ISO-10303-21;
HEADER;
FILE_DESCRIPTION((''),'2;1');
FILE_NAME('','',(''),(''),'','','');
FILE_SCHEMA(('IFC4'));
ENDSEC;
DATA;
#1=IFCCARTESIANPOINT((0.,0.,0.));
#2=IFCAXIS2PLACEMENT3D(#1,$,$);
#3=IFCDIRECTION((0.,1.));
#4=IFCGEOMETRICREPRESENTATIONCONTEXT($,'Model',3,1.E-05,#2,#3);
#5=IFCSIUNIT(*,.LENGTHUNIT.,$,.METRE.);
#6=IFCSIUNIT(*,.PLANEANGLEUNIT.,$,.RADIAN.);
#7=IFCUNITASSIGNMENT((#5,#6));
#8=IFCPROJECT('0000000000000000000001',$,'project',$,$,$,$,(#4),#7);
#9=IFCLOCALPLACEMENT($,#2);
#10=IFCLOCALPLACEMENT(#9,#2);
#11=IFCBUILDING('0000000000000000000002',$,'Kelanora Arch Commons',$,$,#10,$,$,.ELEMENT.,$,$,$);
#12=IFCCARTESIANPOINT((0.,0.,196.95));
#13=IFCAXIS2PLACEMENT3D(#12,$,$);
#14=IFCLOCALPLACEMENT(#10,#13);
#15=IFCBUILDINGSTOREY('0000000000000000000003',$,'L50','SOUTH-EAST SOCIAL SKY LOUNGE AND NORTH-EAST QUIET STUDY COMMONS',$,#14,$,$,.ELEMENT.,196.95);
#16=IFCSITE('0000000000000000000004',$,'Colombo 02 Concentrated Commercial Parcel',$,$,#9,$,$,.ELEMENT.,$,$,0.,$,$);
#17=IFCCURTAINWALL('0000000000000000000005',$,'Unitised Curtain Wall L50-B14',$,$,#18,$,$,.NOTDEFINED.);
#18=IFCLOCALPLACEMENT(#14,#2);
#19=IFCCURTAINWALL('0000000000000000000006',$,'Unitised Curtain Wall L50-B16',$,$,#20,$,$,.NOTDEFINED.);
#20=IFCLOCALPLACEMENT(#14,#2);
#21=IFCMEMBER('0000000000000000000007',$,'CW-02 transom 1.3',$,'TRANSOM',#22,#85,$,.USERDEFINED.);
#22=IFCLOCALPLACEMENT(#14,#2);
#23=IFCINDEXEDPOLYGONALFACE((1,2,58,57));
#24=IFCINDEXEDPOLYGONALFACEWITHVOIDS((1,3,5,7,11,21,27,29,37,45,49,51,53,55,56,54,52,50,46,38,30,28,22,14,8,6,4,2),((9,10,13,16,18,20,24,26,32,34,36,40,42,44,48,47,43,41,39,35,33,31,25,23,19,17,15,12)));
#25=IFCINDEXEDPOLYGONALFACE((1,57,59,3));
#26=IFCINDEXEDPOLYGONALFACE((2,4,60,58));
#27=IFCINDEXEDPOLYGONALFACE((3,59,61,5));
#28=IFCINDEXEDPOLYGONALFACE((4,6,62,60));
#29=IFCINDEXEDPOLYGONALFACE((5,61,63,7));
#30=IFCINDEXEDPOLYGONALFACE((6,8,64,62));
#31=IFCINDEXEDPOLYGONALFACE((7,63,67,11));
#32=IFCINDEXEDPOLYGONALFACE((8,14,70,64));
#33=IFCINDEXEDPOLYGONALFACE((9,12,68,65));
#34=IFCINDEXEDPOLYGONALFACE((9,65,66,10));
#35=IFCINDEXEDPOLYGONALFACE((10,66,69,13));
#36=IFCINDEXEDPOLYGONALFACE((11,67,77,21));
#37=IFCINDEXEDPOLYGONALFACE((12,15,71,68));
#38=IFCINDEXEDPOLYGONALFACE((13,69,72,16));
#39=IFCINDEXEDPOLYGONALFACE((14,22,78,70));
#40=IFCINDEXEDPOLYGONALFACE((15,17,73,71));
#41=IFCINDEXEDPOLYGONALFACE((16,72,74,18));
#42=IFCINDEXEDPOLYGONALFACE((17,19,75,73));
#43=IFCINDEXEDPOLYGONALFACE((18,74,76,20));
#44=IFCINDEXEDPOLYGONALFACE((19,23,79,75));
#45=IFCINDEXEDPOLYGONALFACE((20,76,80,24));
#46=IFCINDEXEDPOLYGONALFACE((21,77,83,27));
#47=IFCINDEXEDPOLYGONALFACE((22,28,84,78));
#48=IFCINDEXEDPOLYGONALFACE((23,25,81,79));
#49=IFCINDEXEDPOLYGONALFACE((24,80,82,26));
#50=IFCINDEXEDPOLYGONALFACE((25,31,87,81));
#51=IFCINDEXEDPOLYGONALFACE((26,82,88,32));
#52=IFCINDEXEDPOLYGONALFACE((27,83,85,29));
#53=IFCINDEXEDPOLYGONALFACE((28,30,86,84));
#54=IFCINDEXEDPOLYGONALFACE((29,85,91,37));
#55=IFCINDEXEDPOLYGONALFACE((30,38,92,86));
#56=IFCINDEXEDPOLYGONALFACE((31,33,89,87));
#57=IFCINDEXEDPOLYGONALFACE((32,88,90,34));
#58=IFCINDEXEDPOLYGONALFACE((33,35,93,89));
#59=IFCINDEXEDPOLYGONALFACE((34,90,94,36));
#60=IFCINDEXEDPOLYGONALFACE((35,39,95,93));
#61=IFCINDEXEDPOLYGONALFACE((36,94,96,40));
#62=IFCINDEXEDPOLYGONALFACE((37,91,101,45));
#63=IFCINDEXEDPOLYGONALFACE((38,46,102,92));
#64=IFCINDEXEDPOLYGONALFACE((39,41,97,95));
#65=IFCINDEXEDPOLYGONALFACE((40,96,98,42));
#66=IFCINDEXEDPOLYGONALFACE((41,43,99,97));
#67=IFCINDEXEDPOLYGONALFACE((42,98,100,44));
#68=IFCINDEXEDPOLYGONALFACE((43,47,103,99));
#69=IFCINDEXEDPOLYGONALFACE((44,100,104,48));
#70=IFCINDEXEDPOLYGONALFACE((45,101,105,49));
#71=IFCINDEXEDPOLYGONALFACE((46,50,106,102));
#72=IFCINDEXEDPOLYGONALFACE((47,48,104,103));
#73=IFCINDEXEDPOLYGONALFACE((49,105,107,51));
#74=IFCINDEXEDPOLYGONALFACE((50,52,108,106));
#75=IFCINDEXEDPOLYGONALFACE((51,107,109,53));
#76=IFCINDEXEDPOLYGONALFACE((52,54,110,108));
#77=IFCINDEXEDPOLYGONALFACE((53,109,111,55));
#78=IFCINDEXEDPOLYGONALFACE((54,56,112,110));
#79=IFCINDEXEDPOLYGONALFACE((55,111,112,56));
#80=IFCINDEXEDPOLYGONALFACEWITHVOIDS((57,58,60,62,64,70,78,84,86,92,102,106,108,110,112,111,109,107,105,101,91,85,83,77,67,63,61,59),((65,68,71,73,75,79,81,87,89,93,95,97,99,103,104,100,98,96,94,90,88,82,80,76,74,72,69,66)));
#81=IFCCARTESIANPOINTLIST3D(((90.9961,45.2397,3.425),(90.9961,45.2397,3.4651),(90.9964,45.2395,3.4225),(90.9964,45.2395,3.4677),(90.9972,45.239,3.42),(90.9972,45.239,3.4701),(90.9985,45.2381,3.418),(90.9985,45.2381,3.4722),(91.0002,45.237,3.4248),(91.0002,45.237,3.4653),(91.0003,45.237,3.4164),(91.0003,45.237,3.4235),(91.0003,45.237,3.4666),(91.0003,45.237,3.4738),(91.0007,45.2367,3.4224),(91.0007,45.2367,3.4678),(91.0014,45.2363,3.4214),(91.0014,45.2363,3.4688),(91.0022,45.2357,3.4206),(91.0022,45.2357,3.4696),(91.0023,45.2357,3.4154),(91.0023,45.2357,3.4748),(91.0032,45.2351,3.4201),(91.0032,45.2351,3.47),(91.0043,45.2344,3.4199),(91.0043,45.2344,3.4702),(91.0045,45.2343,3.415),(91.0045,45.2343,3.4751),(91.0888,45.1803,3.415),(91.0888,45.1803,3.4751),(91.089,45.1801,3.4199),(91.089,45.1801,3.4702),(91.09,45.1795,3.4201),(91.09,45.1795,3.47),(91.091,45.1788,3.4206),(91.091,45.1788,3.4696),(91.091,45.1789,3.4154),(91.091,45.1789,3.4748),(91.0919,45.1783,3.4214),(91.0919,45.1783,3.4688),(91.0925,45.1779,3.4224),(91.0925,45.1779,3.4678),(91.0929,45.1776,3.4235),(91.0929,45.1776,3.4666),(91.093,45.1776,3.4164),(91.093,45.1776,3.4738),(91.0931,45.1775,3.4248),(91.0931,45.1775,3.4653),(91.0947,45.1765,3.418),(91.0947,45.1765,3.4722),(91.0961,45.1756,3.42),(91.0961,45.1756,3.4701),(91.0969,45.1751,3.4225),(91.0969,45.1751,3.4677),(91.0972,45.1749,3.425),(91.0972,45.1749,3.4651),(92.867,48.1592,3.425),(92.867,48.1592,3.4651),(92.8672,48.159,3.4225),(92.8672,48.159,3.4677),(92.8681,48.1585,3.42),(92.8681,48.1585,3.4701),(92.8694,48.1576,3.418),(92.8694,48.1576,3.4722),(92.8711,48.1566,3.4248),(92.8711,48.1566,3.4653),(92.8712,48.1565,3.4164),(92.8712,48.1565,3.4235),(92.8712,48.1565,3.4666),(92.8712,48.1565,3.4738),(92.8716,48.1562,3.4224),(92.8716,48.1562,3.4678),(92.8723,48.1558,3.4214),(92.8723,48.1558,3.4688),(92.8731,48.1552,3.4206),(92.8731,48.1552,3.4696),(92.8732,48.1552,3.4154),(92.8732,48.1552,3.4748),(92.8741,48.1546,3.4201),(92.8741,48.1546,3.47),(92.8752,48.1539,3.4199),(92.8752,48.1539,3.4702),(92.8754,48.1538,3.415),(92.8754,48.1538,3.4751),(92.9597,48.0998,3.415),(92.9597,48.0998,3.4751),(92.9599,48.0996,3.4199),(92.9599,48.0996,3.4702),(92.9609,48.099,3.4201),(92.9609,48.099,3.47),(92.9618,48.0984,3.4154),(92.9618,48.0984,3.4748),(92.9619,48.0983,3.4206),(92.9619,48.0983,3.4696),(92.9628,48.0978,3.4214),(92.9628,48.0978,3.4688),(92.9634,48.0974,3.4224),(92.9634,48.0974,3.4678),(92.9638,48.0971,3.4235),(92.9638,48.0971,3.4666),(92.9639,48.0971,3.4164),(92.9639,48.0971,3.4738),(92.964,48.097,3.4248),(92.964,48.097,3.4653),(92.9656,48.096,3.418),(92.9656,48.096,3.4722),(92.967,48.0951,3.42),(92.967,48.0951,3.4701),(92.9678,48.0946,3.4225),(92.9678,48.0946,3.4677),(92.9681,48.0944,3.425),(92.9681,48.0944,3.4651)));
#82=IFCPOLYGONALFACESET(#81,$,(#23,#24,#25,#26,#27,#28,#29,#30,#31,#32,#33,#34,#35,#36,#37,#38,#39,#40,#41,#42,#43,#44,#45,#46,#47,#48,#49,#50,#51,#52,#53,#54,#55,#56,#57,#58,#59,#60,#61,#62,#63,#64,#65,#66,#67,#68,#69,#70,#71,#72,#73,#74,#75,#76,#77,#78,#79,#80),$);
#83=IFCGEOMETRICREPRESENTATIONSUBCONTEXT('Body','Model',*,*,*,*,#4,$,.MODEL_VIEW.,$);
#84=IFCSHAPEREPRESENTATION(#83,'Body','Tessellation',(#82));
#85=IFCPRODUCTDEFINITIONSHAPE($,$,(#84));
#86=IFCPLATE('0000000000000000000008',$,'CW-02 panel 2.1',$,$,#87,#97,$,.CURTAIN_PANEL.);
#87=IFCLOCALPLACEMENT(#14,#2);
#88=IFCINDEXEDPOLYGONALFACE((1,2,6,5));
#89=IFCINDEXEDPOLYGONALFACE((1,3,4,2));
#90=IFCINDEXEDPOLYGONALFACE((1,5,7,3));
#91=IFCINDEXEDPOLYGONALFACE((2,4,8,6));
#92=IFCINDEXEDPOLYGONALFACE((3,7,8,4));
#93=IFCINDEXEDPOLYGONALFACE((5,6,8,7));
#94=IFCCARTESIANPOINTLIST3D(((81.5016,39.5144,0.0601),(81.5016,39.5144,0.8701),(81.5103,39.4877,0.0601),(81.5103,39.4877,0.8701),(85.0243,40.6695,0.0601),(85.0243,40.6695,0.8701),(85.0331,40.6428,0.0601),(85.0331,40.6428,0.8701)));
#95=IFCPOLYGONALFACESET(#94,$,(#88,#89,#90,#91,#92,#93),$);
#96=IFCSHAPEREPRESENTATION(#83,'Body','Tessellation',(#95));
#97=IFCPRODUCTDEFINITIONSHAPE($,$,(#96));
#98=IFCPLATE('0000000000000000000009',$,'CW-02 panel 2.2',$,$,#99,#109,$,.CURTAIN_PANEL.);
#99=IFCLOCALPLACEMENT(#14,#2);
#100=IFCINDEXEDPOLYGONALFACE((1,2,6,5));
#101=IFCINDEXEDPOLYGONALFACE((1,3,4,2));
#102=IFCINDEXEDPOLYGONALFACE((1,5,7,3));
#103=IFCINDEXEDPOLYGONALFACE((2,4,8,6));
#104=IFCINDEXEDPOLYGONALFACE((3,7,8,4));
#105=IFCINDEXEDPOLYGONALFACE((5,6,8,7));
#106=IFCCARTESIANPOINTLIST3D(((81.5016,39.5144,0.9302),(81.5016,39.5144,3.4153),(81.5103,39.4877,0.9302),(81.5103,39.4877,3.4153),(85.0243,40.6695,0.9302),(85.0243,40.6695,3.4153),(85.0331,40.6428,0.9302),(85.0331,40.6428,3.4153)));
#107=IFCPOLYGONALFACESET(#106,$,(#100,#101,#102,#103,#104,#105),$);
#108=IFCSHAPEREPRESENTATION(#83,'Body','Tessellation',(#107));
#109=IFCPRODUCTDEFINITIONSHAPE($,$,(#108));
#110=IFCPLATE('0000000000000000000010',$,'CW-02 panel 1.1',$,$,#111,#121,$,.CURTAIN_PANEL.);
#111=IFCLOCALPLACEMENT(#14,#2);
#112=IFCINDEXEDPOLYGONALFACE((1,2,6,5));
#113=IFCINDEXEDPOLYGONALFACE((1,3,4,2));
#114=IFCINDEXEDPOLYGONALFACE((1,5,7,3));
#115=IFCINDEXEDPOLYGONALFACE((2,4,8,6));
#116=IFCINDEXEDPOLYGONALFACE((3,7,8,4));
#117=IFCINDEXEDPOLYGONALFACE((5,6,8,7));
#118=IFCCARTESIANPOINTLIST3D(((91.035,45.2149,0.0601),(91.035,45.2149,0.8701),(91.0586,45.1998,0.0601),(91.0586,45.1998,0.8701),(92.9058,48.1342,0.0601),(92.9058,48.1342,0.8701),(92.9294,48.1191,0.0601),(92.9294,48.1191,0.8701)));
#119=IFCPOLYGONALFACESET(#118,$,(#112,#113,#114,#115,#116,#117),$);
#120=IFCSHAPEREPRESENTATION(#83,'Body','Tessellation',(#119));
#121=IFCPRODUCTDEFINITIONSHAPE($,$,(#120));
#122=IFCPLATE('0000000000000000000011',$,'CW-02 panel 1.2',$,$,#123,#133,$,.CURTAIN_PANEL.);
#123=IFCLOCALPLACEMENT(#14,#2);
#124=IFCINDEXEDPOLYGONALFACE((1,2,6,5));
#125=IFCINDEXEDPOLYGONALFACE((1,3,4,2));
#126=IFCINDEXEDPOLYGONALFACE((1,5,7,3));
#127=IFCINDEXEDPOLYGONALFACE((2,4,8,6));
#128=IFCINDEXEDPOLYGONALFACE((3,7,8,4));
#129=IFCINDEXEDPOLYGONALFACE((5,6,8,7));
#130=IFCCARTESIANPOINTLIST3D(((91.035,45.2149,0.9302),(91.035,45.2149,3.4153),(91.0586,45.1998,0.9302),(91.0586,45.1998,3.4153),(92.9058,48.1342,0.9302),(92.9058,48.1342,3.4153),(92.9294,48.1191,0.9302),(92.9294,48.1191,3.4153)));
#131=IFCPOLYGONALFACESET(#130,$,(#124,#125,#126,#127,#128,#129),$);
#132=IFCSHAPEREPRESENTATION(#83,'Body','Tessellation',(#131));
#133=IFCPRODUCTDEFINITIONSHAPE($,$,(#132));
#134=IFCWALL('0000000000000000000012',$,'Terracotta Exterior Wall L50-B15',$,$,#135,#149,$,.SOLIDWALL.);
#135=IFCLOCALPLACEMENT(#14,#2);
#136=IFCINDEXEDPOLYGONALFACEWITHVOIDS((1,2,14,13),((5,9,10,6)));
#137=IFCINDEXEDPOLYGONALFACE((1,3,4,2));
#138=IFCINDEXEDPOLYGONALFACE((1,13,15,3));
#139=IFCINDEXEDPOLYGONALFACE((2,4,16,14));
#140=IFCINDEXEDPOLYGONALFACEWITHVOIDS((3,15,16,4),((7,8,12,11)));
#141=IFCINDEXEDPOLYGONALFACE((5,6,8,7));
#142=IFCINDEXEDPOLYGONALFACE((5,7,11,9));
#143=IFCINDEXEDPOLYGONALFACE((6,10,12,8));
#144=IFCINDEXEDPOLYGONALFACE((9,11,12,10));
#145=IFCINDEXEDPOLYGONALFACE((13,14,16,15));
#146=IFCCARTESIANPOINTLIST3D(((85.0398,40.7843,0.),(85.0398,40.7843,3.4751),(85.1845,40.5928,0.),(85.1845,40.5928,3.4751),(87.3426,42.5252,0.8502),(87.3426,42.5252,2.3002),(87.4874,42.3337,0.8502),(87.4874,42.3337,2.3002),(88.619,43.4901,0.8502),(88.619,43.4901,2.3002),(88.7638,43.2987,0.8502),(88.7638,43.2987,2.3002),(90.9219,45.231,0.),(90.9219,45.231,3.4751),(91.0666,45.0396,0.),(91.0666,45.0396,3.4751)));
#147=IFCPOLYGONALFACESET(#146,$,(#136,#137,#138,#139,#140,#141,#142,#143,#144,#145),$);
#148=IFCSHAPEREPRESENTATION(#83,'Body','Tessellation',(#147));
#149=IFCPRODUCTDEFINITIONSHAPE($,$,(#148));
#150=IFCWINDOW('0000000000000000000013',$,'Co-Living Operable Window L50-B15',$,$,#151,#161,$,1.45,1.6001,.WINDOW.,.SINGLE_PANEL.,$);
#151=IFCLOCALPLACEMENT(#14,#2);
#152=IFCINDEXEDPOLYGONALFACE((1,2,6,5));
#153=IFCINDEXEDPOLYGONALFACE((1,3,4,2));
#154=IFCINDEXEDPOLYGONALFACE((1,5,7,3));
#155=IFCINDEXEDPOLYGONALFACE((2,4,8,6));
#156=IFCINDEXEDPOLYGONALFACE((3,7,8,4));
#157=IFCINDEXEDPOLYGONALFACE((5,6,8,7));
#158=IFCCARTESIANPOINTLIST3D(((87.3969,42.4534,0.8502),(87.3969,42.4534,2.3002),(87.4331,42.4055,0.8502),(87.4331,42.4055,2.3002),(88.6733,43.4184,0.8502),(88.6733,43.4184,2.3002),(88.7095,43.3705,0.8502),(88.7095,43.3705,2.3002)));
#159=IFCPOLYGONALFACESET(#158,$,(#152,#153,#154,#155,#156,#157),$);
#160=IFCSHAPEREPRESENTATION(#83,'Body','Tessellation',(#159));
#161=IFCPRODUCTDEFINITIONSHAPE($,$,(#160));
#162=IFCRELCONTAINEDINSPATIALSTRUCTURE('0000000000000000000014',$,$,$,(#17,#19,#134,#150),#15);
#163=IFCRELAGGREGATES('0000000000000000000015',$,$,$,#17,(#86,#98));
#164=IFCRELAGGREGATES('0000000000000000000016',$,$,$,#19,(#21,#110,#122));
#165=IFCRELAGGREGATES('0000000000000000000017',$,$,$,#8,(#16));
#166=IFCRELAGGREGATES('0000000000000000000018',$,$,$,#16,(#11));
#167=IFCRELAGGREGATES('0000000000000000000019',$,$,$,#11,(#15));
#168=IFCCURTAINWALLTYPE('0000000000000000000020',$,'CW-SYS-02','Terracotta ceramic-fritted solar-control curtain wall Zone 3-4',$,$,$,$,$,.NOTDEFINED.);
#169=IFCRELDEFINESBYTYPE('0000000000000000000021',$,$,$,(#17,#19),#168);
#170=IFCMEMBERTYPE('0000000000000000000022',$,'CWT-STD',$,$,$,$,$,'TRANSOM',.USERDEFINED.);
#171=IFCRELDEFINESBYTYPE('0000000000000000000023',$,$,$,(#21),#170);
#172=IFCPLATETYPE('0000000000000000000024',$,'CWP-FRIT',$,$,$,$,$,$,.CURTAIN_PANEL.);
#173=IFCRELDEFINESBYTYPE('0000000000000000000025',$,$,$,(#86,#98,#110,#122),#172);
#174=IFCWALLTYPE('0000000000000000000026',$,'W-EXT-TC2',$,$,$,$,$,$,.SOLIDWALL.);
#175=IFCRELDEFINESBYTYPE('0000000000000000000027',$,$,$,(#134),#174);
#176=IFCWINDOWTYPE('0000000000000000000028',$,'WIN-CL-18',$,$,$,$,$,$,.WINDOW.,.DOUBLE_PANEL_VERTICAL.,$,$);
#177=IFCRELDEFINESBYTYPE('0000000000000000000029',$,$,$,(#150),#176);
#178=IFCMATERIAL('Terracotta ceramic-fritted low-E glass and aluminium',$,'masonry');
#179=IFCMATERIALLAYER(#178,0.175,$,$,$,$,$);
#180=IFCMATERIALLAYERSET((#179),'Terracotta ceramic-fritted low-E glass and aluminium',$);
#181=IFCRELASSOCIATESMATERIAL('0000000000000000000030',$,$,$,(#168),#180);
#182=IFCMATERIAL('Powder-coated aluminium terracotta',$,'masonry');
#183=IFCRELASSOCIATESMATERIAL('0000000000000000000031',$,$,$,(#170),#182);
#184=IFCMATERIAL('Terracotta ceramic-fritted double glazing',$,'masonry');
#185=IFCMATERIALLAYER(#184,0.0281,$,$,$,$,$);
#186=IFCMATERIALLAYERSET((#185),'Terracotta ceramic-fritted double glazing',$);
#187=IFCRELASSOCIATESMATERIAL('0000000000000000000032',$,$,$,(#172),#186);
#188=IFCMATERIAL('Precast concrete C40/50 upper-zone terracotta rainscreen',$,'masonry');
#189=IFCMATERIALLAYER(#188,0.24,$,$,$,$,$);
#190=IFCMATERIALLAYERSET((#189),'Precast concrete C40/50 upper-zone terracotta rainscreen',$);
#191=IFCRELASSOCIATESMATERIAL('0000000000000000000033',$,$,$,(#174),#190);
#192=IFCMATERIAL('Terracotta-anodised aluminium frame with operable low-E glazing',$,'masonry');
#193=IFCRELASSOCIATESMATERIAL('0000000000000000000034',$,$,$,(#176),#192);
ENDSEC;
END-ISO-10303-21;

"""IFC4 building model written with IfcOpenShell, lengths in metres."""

from ifc_helpers import new_model, si_unit, direction, frame, frame_2d, origin, origin_2d, place, context, subcontext, project, spatial, rectangle, hollow_rectangle, extrude, source, transform, mapped, material, layer, layer_set, material_profile, profile_set, type_object, element, fill, aggregate, save


model = new_model("IFC4")

# Units and contexts
model_context = context("Model", 3, precision=1e-05, world=origin(), true_north=direction((0.0, 1.0)))
body_context = subcontext(model_context, "Body", "Model", "MODEL_VIEW")
ifc_project = project(units=[si_unit("LENGTHUNIT", "METRE"), si_unit("PLANEANGLEUNIT", "RADIAN")], contexts=[model_context])

# Site, building, storey
site_placement = place(None, origin())
site = spatial("IfcSite", under=ifc_project, at=site_placement, Name="Colombo 02 Concentrated Commercial Parcel", CompositionType="ELEMENT", RefElevation=0.0)
building_placement = place(site_placement, origin())
building = spatial("IfcBuilding", under=site, at=building_placement, Name="Kelanora Arch Commons", CompositionType="ELEMENT")
storey_placement = place(building_placement, frame((0.0, 0.0, 196.95)))
storey = spatial("IfcBuildingStorey", under=building, at=storey_placement, Name="L50", Description="SOUTH-EAST SOCIAL SKY LOUNGE AND NORTH-EAST QUIET STUDY COMMONS", CompositionType="ELEMENT", Elevation=196.95)

# Curtain wall
ifc_material_1 = material(Name="Terracotta ceramic-fritted low-E glass and aluminium", Category="masonry")
ifc_layer_1 = layer(ifc_material_1, 0.175)
ifc_layer_set_1 = layer_set([ifc_layer_1], Name="Terracotta ceramic-fritted low-E glass and aluminium")
curtain_wall_type = type_object("IfcCurtainWallType", Name="CW-SYS-02", Description="Terracotta ceramic-fritted solar-control curtain wall Zone 3-4", PredefinedType="NOTDEFINED", material=ifc_layer_set_1)
curtain_wall_1_placement = place(storey_placement, origin())
curtain_wall_1 = element("IfcCurtainWall", 1, at=curtain_wall_1_placement, inside=storey, type_object=curtain_wall_type, Name="Unitised Curtain Wall L50-B14", PredefinedType="NOTDEFINED")
ifc_material_2 = material(Name="Powder-coated aluminium terracotta", Category="masonry")

# Curtain wall, member
curtain_wall_2_placement = place(storey_placement, origin())
curtain_wall_2 = element("IfcCurtainWall", 2, at=curtain_wall_2_placement, inside=storey, type_object=curtain_wall_type, Name="Unitised Curtain Wall L50-B16", PredefinedType="NOTDEFINED")
ifc_material_profile_1 = material_profile(ifc_material_2, hollow_rectangle(XDim=0.1201, YDim=0.0601, WallThickness=0.0049, InnerFilletRadius=0.0049, OuterFilletRadius=0.01, at=origin_2d()), Name="CWT120x60")
ifc_profile_set_1 = profile_set([ifc_material_profile_1], Name="Powder-coated aluminium terracotta")
member_type_1 = type_object("IfcMemberType", Name="CWT-STD", ElementType="TRANSOM", PredefinedType="USERDEFINED", material=ifc_profile_set_1)
member_1_placement = place(storey_placement, frame((91.0466, 45.2073, 3.4451), z_axis=(0.539547, 0.841955, 0.0), x_axis=(-0.841955, 0.539547, 0.0)))
member_1 = element("IfcMember", 3, at=member_1_placement, type_object=member_type_1, Name="CW-02 transom 1.3", ObjectType="TRANSOM", PredefinedType="USERDEFINED", context=body_context, shape_type="SweptSolid", body=[
    extrude(hollow_rectangle(XDim=0.1201, YDim=0.0601, WallThickness=0.0049, InnerFilletRadius=0.0049, OuterFilletRadius=0.01, at=origin_2d()), origin(), (0.0, 0.0, 1.0), 3.4675),
])

# Plates
ifc_material_3 = material(Name="Terracotta ceramic-fritted double glazing", Category="masonry")
ifc_layer_2 = layer(ifc_material_3, 0.0281)
ifc_layer_set_2 = layer_set([ifc_layer_2], Name="Terracotta ceramic-fritted double glazing")
plate_type = type_object("IfcPlateType", Name="CWP-FRIT", PredefinedType="CURTAIN_PANEL", material=ifc_layer_set_2)
shared_shape_1 = source(origin(), body_context, "Body", "SweptSolid", [
    extrude(rectangle(XDim=3.7073, YDim=0.0281, at=origin_2d()), origin(), (0.0, 0.0, 1.0), 0.8101),
])
plate_1_placement = place(storey_placement, frame((83.2673, 40.0786, 0.0601), z_axis=(0.0, 0.0, 1.0), x_axis=(0.950219, 0.311582, 0.0)))
plate_1 = element("IfcPlate", 4, at=plate_1_placement, type_object=plate_type, Name="CW-02 panel 2.1", PredefinedType="CURTAIN_PANEL", context=body_context, shape_type="MappedRepresentation", body=[
    mapped(shared_shape_1, transform((0.0, 0.0, 0.0), scale=1.0)),
])
shared_shape_2 = source(origin(), body_context, "Body", "SweptSolid", [
    extrude(rectangle(XDim=3.7073, YDim=0.0281, at=origin_2d()), origin(), (0.0, 0.0, 1.0), 2.4851),
])
plate_2_placement = place(storey_placement, frame((83.2673, 40.0786, 0.9302), z_axis=(0.0, 0.0, 1.0), x_axis=(0.950219, 0.311582, 0.0)))
plate_2 = element("IfcPlate", 5, at=plate_2_placement, type_object=plate_type, Name="CW-02 panel 2.2", PredefinedType="CURTAIN_PANEL", context=body_context, shape_type="MappedRepresentation", body=[
    mapped(shared_shape_2, transform((0.0, 0.0, 0.0), scale=1.0)),
])
aggregate(curtain_wall_1, [plate_1, plate_2])
shared_shape_3 = source(origin(), body_context, "Body", "SweptSolid", [
    extrude(rectangle(XDim=3.4673, YDim=0.0281, at=origin_2d()), origin(), (0.0, 0.0, 1.0), 0.8101),
])
plate_3_placement = place(storey_placement, frame((91.9822, 46.667, 0.0601), z_axis=(0.0, 0.0, 1.0), x_axis=(0.539559, 0.841948, 0.0)))
plate_3 = element("IfcPlate", 6, at=plate_3_placement, type_object=plate_type, Name="CW-02 panel 1.1", PredefinedType="CURTAIN_PANEL", context=body_context, shape_type="MappedRepresentation", body=[
    mapped(shared_shape_3, transform((0.0, 0.0, 0.0), scale=1.0)),
])
shared_shape_4 = source(origin(), body_context, "Body", "SweptSolid", [
    extrude(rectangle(XDim=3.4673, YDim=0.0281, at=origin_2d()), origin(), (0.0, 0.0, 1.0), 2.4851),
])
plate_4_placement = place(storey_placement, frame((91.9822, 46.667, 0.9302), z_axis=(0.0, 0.0, 1.0), x_axis=(0.539559, 0.841948, 0.0)))
plate_4 = element("IfcPlate", 7, at=plate_4_placement, type_object=plate_type, Name="CW-02 panel 1.2", PredefinedType="CURTAIN_PANEL", context=body_context, shape_type="MappedRepresentation", body=[
    mapped(shared_shape_4, transform((0.0, 0.0, 0.0), scale=1.0)),
])
aggregate(curtain_wall_2, [member_1, plate_3, plate_4])

# Wall, opening, window
ifc_material_4 = material(Name="Precast concrete C40/50 upper-zone terracotta rainscreen", Category="masonry")
ifc_layer_3 = layer(ifc_material_4, 0.24)
ifc_layer_set_3 = layer_set([ifc_layer_3], Name="Precast concrete C40/50 upper-zone terracotta rainscreen")
wall_type = type_object("IfcWallType", Name="W-EXT-TC2", PredefinedType="SOLIDWALL", material=ifc_layer_set_3)
wall_placement = place(storey_placement, frame((85.1121, 40.6885, 0.0), z_axis=(0.0, 0.0, 1.0), x_axis=(0.797702, 0.603052, 0.0)))
wall = element("IfcWall", 8, at=wall_placement, inside=storey, type_object=wall_type, Name="Terracotta Exterior Wall L50-B15", PredefinedType="SOLIDWALL", context=body_context, shape_type="SweptSolid", body=[
    extrude(rectangle(XDim=7.3738, YDim=0.24, at=frame_2d((3.687, 0.0))), origin(), (0.0, 0.0, 1.0), 3.4751),
])
opening_placement = place(wall_placement, frame((2.887, 0.0, 0.8501)))
opening = element("IfcOpeningElement", 9, at=opening_placement, cuts=wall, PredefinedType="OPENING", context=body_context, shape_type="SweptSolid", body=[
    extrude(rectangle(XDim=1.6001, YDim=1.45, at=frame_2d((0.8, 0.7251))), frame((0.0, 0.1299, 0.0), z_axis=(0.0, -1.0, 0.0), x_axis=(1.0, 0.0, 0.0)), (0.0, 0.0, 1.0), 0.26),
])
ifc_material_5 = material(Name="Terracotta-anodised aluminium frame with operable low-E glazing", Category="masonry")
window_type = type_object("IfcWindowType", Name="WIN-CL-18", PartitioningType="DOUBLE_PANEL_VERTICAL", PredefinedType="WINDOW", material=ifc_material_5)
window_placement = place(opening_placement, origin())
window = element("IfcWindow", 10, at=window_placement, inside=storey, type_object=window_type, Name="Co-Living Operable Window L50-B15", OverallHeight=1.45, OverallWidth=1.6001, PartitioningType="SINGLE_PANEL", PredefinedType="WINDOW", context=body_context, shape_type="SweptSolid", body=[
    extrude(rectangle(XDim=1.6001, YDim=1.45, at=frame_2d((0.8, 0.7251))), frame((0.0, 0.03, 0.0), z_axis=(0.0, -1.0, 0.0), x_axis=(1.0, 0.0, 0.0)), (0.0, 0.0, 1.0), 0.0601),
])
fill(opening, window)

save(model, "model.ifc")
